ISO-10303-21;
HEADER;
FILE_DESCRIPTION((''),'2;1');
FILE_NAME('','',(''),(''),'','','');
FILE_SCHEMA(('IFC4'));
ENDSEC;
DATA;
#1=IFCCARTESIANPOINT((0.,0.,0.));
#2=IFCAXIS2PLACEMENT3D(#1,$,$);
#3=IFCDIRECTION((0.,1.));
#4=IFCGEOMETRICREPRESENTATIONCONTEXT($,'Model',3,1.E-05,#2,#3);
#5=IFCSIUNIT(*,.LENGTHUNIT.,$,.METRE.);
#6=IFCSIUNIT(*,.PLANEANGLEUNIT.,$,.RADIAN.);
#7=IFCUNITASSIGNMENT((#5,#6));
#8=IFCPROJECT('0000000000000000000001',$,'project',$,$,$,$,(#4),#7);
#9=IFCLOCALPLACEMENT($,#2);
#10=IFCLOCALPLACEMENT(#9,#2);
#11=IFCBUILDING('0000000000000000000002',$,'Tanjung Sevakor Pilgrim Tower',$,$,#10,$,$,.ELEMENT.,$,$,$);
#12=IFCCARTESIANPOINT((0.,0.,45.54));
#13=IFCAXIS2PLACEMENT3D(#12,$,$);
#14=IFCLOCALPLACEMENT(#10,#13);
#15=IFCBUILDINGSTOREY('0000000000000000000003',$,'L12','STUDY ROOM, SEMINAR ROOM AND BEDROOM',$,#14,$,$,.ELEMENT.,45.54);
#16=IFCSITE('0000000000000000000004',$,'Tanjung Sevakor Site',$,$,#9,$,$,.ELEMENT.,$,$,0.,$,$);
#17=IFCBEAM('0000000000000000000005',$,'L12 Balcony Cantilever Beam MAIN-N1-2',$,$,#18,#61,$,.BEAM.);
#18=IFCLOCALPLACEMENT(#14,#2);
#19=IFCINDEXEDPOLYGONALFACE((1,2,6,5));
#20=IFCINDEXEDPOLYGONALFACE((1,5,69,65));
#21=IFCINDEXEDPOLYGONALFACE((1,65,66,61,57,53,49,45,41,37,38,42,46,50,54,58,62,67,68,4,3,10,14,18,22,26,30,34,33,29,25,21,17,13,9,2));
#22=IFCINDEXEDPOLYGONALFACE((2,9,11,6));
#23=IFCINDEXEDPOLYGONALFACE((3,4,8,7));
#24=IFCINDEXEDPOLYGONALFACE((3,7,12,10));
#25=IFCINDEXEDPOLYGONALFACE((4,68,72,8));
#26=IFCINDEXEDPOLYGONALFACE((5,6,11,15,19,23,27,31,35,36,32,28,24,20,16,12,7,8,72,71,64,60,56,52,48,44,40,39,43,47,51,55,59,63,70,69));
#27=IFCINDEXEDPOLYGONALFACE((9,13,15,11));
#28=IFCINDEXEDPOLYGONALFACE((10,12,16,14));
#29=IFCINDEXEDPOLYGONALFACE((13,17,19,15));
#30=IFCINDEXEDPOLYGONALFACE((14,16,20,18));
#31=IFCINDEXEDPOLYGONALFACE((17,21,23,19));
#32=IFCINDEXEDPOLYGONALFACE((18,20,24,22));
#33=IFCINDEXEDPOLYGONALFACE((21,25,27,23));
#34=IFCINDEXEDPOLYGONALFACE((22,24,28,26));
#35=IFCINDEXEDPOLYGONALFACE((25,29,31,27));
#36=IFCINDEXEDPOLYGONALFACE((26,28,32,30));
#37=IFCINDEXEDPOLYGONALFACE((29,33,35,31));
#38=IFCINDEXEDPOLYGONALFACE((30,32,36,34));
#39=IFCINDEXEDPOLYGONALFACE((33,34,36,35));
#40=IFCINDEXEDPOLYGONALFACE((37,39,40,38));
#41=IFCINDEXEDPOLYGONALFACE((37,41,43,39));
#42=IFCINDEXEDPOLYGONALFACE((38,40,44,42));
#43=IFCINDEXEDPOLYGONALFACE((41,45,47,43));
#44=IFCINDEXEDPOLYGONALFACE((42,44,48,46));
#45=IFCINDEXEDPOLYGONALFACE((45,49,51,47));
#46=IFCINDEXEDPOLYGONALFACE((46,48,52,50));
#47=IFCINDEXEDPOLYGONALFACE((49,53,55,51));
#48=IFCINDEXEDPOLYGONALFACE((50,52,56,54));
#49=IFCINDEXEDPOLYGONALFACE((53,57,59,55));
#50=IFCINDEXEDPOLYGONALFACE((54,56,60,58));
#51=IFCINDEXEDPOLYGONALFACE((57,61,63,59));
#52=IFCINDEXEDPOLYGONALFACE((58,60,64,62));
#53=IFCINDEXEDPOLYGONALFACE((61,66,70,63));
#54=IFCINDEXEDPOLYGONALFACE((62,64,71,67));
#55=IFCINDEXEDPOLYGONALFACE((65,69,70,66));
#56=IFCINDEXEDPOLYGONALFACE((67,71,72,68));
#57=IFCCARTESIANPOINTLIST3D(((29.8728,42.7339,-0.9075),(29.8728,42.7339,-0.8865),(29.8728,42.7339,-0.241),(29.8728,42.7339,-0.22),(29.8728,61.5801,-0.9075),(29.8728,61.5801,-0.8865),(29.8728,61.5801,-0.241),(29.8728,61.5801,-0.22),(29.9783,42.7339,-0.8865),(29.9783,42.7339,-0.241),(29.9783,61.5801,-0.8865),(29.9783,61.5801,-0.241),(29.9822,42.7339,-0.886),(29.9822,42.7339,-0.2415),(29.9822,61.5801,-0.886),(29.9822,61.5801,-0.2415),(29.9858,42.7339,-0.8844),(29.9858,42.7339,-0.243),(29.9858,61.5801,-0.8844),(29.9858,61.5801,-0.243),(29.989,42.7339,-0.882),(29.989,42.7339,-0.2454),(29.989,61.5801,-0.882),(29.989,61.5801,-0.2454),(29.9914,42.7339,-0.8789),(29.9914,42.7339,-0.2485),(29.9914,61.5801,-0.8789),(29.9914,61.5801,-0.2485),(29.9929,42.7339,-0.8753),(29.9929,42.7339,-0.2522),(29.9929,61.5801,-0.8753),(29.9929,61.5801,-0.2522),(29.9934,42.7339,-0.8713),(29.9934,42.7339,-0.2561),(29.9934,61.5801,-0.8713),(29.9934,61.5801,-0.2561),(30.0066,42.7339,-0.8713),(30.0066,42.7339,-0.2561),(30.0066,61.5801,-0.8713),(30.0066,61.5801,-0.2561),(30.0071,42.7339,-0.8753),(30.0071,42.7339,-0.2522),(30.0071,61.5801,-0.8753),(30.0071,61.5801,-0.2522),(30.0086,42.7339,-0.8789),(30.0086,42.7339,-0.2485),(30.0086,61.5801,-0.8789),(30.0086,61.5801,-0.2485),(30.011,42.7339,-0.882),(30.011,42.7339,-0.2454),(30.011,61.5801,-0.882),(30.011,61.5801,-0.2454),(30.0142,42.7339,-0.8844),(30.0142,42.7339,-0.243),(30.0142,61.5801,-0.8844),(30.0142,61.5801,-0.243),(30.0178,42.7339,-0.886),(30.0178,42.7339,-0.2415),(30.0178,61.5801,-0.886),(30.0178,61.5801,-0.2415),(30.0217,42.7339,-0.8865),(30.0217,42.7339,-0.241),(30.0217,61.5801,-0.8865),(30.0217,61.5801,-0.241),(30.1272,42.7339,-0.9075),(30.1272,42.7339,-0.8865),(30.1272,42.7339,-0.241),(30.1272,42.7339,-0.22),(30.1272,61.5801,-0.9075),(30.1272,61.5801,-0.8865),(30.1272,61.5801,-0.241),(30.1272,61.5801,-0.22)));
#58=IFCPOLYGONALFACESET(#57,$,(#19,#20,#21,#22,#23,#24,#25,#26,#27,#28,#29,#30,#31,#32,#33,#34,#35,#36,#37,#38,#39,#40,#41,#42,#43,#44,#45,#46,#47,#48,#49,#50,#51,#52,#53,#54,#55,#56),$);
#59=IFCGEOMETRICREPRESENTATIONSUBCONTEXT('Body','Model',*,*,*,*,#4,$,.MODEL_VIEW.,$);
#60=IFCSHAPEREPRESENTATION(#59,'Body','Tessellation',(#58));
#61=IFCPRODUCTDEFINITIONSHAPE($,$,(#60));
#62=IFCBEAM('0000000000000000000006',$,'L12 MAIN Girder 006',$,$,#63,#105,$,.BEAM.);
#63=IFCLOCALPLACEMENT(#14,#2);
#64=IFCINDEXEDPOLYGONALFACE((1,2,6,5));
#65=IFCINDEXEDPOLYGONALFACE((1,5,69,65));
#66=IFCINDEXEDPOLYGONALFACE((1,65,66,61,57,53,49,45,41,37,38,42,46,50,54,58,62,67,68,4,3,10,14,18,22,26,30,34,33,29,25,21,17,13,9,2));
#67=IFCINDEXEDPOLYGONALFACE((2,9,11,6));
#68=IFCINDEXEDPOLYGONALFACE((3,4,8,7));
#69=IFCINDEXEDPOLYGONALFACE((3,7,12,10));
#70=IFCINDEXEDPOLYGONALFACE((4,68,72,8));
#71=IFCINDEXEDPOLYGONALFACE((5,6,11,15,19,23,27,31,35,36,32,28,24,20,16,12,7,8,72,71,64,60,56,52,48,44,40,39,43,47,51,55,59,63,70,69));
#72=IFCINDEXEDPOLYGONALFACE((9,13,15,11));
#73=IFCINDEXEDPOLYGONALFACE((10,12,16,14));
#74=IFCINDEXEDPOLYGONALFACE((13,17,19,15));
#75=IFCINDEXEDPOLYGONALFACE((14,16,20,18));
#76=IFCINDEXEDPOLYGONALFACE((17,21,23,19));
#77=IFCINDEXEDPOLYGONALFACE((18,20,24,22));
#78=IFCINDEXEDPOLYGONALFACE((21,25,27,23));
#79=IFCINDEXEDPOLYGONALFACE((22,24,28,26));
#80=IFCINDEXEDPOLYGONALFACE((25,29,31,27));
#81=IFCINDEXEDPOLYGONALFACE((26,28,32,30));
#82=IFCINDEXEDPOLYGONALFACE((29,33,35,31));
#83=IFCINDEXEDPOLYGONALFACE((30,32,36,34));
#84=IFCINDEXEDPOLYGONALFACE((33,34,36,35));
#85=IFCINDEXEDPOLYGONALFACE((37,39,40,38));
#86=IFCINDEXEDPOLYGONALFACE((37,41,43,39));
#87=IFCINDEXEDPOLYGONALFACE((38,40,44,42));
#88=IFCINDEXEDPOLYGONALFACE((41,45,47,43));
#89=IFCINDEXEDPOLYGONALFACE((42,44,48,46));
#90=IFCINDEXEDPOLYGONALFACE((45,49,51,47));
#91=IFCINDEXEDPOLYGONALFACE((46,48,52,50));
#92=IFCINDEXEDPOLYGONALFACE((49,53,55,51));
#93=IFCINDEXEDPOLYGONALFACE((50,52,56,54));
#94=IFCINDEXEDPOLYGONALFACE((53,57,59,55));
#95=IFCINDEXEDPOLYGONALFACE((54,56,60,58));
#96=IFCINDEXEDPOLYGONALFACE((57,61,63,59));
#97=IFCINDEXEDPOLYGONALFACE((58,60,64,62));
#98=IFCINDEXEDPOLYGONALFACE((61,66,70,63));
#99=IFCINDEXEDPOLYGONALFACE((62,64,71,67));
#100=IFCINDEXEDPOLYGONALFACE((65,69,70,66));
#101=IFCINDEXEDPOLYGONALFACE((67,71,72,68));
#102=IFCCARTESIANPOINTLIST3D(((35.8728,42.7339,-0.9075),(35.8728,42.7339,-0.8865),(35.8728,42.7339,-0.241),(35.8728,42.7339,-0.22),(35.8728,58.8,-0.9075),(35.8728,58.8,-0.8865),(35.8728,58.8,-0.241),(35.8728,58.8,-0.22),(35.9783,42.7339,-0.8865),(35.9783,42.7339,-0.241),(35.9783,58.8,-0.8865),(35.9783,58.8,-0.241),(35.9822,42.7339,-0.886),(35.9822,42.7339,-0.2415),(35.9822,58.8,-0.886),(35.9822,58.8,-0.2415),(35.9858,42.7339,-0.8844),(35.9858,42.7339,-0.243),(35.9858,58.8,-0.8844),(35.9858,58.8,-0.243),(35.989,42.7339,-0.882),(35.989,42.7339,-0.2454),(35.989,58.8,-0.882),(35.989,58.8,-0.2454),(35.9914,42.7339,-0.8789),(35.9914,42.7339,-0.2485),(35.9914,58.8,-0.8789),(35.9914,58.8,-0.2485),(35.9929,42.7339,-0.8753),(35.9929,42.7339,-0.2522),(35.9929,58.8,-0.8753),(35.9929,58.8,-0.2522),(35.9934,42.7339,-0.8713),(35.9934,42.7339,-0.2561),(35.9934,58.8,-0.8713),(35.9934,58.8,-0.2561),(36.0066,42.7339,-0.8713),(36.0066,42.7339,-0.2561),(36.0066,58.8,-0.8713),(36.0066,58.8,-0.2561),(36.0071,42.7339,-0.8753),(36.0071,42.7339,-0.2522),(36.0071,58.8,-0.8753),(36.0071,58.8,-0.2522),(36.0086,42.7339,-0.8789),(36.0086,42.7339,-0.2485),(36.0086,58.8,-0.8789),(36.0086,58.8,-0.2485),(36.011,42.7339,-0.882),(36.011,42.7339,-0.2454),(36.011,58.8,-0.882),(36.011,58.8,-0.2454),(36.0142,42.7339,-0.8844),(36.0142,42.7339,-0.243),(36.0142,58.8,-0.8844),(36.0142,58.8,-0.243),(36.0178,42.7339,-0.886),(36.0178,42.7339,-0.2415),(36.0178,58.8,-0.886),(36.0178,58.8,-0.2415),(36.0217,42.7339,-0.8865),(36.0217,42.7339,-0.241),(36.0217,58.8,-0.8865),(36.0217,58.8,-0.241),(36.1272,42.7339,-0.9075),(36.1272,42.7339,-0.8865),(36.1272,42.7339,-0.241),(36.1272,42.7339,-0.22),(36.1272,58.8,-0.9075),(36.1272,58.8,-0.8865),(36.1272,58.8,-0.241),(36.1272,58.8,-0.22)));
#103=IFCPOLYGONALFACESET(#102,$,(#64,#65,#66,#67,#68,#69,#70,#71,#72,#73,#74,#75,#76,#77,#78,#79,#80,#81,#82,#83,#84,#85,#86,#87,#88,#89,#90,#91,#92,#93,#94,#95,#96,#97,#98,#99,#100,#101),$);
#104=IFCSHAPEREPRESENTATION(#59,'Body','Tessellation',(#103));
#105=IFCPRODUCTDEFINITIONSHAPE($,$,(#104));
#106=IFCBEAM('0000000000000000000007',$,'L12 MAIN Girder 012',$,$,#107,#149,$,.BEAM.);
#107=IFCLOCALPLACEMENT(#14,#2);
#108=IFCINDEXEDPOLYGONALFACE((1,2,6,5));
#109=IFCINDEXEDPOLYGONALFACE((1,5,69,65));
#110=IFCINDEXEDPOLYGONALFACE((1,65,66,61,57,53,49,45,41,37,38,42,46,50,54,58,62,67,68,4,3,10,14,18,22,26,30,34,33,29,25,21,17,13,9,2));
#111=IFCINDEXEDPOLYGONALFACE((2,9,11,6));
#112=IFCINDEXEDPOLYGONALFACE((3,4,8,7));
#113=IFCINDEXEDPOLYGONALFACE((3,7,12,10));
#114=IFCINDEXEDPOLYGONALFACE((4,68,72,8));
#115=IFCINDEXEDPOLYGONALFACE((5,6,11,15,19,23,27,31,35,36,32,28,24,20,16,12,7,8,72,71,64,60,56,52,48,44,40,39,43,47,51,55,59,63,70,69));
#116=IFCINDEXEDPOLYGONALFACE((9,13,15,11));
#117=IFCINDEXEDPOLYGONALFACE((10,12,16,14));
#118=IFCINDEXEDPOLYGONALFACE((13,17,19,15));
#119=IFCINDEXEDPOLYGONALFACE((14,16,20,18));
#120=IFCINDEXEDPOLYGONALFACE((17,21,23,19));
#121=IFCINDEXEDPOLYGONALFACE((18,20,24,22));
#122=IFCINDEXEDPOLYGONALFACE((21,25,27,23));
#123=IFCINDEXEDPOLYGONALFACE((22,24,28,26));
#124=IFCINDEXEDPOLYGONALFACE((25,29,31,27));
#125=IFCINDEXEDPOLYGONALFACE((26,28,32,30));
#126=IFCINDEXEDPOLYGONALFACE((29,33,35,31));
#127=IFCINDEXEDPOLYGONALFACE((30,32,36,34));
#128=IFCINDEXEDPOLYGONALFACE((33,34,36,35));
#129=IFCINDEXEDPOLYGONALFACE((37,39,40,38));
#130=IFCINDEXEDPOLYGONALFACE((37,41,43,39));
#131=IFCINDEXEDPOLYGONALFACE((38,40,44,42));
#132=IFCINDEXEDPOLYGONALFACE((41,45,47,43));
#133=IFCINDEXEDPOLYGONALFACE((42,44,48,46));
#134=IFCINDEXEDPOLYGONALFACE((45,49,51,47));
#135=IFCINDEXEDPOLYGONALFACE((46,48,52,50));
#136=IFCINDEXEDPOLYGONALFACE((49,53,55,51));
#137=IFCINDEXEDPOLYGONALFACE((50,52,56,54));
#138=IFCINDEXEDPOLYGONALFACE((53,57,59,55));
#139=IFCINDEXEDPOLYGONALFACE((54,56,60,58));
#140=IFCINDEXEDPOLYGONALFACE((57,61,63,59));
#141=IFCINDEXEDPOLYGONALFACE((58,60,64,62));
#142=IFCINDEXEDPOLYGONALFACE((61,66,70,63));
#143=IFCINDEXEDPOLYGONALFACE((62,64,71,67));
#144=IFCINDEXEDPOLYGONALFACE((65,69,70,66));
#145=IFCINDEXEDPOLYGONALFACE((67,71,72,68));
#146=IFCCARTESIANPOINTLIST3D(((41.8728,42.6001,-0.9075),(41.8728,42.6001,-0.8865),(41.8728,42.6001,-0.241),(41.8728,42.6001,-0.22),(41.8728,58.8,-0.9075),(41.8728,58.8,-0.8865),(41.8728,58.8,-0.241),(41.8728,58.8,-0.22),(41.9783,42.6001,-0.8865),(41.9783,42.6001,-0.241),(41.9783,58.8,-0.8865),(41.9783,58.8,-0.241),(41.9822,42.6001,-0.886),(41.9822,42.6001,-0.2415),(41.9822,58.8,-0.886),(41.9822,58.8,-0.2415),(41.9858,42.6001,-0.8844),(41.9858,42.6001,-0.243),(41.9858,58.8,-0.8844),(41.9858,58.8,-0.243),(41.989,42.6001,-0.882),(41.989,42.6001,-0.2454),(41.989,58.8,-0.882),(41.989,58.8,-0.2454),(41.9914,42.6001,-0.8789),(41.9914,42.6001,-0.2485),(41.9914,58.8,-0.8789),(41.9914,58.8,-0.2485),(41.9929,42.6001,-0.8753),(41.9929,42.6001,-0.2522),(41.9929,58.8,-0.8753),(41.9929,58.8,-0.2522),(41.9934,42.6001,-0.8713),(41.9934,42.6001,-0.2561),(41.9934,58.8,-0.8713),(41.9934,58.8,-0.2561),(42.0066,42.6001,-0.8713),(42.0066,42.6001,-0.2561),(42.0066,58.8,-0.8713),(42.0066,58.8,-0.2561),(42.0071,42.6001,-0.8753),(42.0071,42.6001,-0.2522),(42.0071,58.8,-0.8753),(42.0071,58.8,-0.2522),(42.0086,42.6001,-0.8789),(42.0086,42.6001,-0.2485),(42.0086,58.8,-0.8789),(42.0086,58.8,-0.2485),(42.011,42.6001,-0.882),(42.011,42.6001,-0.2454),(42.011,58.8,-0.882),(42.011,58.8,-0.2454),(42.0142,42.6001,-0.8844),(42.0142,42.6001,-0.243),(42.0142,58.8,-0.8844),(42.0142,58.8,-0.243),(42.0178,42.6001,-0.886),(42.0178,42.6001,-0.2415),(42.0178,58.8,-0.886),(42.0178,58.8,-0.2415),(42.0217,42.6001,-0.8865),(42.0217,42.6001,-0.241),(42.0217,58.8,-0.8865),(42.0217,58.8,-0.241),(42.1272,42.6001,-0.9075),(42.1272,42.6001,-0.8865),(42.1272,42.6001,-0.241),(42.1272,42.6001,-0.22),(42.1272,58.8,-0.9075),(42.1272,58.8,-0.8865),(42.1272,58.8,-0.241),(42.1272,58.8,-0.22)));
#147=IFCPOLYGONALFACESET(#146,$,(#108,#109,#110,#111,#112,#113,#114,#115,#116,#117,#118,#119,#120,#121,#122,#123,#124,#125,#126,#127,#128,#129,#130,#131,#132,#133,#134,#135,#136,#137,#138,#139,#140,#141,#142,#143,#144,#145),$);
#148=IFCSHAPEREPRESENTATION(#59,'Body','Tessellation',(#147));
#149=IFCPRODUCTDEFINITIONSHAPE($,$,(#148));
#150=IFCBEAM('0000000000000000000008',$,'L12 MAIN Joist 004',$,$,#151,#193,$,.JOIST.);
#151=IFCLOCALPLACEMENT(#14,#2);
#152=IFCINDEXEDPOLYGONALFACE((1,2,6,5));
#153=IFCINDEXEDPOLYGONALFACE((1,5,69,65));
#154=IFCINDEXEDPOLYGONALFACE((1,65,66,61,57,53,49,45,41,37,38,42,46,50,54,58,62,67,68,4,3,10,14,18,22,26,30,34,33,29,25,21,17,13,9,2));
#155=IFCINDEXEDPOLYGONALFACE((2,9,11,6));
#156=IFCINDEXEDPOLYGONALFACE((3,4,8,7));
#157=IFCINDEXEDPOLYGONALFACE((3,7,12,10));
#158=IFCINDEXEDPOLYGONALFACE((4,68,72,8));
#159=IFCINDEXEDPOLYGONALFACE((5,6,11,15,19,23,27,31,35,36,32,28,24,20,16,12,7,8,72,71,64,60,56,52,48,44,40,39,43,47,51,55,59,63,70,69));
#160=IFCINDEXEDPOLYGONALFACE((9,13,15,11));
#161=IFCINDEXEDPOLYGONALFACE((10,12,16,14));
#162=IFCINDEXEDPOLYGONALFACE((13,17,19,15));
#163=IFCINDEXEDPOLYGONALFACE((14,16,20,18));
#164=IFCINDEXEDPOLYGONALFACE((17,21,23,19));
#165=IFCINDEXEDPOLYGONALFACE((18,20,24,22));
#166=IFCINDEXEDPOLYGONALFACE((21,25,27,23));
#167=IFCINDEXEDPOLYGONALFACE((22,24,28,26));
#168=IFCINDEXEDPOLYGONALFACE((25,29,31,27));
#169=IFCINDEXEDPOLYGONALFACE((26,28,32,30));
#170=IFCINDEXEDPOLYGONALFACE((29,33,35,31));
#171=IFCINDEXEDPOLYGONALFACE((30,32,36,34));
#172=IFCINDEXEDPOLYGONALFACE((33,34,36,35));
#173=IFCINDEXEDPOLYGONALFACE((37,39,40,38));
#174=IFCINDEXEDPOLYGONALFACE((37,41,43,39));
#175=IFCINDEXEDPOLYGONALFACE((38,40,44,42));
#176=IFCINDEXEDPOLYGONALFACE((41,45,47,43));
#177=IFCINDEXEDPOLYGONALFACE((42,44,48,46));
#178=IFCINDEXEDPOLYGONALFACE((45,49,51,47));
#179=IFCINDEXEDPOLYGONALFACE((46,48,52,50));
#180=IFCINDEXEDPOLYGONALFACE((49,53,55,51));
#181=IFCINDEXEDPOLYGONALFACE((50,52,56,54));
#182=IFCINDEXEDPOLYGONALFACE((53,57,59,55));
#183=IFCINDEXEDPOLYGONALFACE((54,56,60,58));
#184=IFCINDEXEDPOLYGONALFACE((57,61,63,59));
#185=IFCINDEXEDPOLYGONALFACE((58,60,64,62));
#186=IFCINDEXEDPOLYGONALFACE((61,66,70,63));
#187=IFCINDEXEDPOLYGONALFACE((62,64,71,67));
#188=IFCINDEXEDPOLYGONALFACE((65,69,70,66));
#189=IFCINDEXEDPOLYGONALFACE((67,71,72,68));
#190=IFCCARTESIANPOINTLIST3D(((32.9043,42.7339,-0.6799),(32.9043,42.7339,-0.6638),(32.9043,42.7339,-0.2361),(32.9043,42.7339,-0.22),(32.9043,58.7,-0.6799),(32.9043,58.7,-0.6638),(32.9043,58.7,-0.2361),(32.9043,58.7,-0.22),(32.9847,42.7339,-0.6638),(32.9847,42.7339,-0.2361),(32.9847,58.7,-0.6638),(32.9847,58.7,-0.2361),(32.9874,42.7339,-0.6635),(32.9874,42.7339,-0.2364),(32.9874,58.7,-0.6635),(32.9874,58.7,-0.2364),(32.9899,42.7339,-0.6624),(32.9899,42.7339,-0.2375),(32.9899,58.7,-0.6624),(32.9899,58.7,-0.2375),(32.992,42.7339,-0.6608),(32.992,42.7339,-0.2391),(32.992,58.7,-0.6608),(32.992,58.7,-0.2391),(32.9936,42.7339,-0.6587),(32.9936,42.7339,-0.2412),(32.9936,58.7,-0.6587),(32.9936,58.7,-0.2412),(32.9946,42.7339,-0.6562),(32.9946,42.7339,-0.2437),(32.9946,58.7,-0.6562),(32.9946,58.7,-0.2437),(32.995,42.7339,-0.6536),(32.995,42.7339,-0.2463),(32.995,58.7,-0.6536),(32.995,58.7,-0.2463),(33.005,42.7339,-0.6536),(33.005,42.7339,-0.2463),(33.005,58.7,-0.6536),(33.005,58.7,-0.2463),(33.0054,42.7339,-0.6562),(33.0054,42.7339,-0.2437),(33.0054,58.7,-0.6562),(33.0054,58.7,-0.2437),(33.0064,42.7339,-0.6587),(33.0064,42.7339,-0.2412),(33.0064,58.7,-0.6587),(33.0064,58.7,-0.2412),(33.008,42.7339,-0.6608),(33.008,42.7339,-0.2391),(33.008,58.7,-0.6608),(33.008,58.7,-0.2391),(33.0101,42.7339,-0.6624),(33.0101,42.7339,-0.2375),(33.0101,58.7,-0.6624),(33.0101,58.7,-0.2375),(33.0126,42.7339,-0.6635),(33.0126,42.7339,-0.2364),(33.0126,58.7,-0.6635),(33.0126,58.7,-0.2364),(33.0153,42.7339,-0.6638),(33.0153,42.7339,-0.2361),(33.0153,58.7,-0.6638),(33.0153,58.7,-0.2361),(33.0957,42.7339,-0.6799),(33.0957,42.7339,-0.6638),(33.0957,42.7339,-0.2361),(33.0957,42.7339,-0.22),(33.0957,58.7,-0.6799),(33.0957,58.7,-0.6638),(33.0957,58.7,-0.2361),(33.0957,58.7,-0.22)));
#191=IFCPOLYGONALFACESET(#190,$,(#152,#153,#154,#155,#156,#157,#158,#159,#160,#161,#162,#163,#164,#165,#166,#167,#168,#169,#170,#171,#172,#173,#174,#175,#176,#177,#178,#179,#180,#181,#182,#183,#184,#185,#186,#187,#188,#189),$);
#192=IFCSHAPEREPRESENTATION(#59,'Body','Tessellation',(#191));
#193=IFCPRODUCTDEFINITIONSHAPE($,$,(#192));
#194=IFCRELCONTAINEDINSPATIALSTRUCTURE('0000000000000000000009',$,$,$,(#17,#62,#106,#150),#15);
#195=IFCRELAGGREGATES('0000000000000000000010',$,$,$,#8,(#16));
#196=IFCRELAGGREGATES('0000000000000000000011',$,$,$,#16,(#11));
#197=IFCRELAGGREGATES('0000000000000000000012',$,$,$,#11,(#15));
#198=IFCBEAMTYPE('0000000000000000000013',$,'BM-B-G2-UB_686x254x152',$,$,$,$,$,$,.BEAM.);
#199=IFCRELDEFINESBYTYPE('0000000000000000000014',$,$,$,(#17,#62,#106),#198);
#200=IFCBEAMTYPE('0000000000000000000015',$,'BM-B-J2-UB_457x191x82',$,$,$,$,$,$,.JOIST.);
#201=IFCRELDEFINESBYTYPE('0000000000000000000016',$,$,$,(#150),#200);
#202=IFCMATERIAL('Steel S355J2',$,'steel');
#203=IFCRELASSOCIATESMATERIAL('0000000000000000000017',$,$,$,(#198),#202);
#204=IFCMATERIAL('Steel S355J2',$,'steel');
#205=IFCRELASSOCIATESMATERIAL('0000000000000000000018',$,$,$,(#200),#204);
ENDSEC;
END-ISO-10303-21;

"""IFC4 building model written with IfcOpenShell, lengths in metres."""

from ifc_helpers import new_model, si_unit, direction, frame, origin, origin_2d, place, context, subcontext, project, spatial, i_section, extrude, material, material_profile, profile_set, type_object, element, save


model = new_model("IFC4")

# Units and contexts
model_context = context("Model", 3, precision=1e-05, world=origin(), true_north=direction((0.0, 1.0)))
body_context = subcontext(model_context, "Body", "Model", "MODEL_VIEW")
ifc_project = project(units=[si_unit("LENGTHUNIT", "METRE"), si_unit("PLANEANGLEUNIT", "RADIAN")], contexts=[model_context])

# Site, building, storey
site_placement = place(None, origin())
site = spatial("IfcSite", under=ifc_project, at=site_placement, Name="Tanjung Sevakor Site", CompositionType="ELEMENT", RefElevation=0.0)
building_placement = place(site_placement, origin())
building = spatial("IfcBuilding", under=site, at=building_placement, Name="Tanjung Sevakor Pilgrim Tower", CompositionType="ELEMENT")
storey_placement = place(building_placement, frame((0.0, 0.0, 45.54)))
storey = spatial("IfcBuildingStorey", under=building, at=storey_placement, Name="L12", Description="STUDY ROOM, SEMINAR ROOM AND BEDROOM", CompositionType="ELEMENT", Elevation=45.54)

# Beams
ifc_material_1 = material(Name="Steel S355J2", Category="steel")
ifc_material_profile_1 = material_profile(ifc_material_1, i_section(OverallWidth=0.2544, OverallDepth=0.6875, WebThickness=0.0132, FlangeThickness=0.021, FilletRadius=0.0151, at=origin_2d()))
ifc_profile_set_1 = profile_set([ifc_material_profile_1], Name="Steel S355J2")
beam_type_1 = type_object("IfcBeamType", Name="BM-B-G2-UB_686x254x152", PredefinedType="BEAM", material=ifc_profile_set_1)
beam_1_placement = place(storey_placement, frame((30.0, 42.7339, -0.5637), z_axis=(0.0, 1.0, 0.0), x_axis=(-1.0, 0.0, 0.0)))
element("IfcBeam", 1, at=beam_1_placement, inside=storey, type_object=beam_type_1, Name="L12 Balcony Cantilever Beam MAIN-N1-2", PredefinedType="BEAM", context=body_context, shape_type="SweptSolid", body=[
    extrude(i_section(OverallWidth=0.2544, OverallDepth=0.6875, WebThickness=0.0132, FlangeThickness=0.021, FilletRadius=0.0151, at=origin_2d()), origin(), (0.0, 0.0, 1.0), 18.8462),
])
beam_2_placement = place(storey_placement, frame((36.0, 42.7339, -0.5637), z_axis=(0.0, 1.0, 0.0), x_axis=(-1.0, 0.0, 0.0)))
element("IfcBeam", 2, at=beam_2_placement, inside=storey, type_object=beam_type_1, Name="L12 MAIN Girder 006", PredefinedType="BEAM", context=body_context, shape_type="SweptSolid", body=[
    extrude(i_section(OverallWidth=0.2544, OverallDepth=0.6875, WebThickness=0.0132, FlangeThickness=0.021, FilletRadius=0.0151, at=origin_2d()), origin(), (0.0, 0.0, 1.0), 16.0662),
])
beam_3_placement = place(storey_placement, frame((42.0, 42.6001, -0.5637), z_axis=(0.0, 1.0, 0.0), x_axis=(-1.0, 0.0, 0.0)))
element("IfcBeam", 3, at=beam_3_placement, inside=storey, type_object=beam_type_1, Name="L12 MAIN Girder 012", PredefinedType="BEAM", context=body_context, shape_type="SweptSolid", body=[
    extrude(i_section(OverallWidth=0.2544, OverallDepth=0.6875, WebThickness=0.0132, FlangeThickness=0.021, FilletRadius=0.0151, at=origin_2d()), origin(), (0.0, 0.0, 1.0), 16.2),
])
ifc_material_2 = material(Name="Steel S355J2", Category="steel")
ifc_material_profile_2 = material_profile(ifc_material_2, i_section(OverallWidth=0.1914, OverallDepth=0.46, WebThickness=0.01, FlangeThickness=0.0161, FilletRadius=0.0103, at=origin_2d()))
ifc_profile_set_2 = profile_set([ifc_material_profile_2], Name="Steel S355J2")
beam_type_2 = type_object("IfcBeamType", Name="BM-B-J2-UB_457x191x82", PredefinedType="JOIST", material=ifc_profile_set_2)
for number, where, z_axis, x_axis, name in (
    (4, (33.0, 42.7339, -0.45), (0.0, 1.0, 0.0), (-1.0, 0.0, 0.0), "L12 MAIN Joist 004"),
):
    element("IfcBeam", number, at=place(storey_placement, frame(where, z_axis=z_axis, x_axis=x_axis)), inside=storey, type_object=beam_type_2, Name=name, PredefinedType="JOIST", context=body_context, shape_type="SweptSolid", body=[
        extrude(i_section(OverallWidth=0.1914, OverallDepth=0.46, WebThickness=0.01, FlangeThickness=0.0161, FilletRadius=0.0103, at=origin_2d()), origin(), (0.0, 0.0, 1.0), 15.9661),
    ])

save(model, "model.ifc")
